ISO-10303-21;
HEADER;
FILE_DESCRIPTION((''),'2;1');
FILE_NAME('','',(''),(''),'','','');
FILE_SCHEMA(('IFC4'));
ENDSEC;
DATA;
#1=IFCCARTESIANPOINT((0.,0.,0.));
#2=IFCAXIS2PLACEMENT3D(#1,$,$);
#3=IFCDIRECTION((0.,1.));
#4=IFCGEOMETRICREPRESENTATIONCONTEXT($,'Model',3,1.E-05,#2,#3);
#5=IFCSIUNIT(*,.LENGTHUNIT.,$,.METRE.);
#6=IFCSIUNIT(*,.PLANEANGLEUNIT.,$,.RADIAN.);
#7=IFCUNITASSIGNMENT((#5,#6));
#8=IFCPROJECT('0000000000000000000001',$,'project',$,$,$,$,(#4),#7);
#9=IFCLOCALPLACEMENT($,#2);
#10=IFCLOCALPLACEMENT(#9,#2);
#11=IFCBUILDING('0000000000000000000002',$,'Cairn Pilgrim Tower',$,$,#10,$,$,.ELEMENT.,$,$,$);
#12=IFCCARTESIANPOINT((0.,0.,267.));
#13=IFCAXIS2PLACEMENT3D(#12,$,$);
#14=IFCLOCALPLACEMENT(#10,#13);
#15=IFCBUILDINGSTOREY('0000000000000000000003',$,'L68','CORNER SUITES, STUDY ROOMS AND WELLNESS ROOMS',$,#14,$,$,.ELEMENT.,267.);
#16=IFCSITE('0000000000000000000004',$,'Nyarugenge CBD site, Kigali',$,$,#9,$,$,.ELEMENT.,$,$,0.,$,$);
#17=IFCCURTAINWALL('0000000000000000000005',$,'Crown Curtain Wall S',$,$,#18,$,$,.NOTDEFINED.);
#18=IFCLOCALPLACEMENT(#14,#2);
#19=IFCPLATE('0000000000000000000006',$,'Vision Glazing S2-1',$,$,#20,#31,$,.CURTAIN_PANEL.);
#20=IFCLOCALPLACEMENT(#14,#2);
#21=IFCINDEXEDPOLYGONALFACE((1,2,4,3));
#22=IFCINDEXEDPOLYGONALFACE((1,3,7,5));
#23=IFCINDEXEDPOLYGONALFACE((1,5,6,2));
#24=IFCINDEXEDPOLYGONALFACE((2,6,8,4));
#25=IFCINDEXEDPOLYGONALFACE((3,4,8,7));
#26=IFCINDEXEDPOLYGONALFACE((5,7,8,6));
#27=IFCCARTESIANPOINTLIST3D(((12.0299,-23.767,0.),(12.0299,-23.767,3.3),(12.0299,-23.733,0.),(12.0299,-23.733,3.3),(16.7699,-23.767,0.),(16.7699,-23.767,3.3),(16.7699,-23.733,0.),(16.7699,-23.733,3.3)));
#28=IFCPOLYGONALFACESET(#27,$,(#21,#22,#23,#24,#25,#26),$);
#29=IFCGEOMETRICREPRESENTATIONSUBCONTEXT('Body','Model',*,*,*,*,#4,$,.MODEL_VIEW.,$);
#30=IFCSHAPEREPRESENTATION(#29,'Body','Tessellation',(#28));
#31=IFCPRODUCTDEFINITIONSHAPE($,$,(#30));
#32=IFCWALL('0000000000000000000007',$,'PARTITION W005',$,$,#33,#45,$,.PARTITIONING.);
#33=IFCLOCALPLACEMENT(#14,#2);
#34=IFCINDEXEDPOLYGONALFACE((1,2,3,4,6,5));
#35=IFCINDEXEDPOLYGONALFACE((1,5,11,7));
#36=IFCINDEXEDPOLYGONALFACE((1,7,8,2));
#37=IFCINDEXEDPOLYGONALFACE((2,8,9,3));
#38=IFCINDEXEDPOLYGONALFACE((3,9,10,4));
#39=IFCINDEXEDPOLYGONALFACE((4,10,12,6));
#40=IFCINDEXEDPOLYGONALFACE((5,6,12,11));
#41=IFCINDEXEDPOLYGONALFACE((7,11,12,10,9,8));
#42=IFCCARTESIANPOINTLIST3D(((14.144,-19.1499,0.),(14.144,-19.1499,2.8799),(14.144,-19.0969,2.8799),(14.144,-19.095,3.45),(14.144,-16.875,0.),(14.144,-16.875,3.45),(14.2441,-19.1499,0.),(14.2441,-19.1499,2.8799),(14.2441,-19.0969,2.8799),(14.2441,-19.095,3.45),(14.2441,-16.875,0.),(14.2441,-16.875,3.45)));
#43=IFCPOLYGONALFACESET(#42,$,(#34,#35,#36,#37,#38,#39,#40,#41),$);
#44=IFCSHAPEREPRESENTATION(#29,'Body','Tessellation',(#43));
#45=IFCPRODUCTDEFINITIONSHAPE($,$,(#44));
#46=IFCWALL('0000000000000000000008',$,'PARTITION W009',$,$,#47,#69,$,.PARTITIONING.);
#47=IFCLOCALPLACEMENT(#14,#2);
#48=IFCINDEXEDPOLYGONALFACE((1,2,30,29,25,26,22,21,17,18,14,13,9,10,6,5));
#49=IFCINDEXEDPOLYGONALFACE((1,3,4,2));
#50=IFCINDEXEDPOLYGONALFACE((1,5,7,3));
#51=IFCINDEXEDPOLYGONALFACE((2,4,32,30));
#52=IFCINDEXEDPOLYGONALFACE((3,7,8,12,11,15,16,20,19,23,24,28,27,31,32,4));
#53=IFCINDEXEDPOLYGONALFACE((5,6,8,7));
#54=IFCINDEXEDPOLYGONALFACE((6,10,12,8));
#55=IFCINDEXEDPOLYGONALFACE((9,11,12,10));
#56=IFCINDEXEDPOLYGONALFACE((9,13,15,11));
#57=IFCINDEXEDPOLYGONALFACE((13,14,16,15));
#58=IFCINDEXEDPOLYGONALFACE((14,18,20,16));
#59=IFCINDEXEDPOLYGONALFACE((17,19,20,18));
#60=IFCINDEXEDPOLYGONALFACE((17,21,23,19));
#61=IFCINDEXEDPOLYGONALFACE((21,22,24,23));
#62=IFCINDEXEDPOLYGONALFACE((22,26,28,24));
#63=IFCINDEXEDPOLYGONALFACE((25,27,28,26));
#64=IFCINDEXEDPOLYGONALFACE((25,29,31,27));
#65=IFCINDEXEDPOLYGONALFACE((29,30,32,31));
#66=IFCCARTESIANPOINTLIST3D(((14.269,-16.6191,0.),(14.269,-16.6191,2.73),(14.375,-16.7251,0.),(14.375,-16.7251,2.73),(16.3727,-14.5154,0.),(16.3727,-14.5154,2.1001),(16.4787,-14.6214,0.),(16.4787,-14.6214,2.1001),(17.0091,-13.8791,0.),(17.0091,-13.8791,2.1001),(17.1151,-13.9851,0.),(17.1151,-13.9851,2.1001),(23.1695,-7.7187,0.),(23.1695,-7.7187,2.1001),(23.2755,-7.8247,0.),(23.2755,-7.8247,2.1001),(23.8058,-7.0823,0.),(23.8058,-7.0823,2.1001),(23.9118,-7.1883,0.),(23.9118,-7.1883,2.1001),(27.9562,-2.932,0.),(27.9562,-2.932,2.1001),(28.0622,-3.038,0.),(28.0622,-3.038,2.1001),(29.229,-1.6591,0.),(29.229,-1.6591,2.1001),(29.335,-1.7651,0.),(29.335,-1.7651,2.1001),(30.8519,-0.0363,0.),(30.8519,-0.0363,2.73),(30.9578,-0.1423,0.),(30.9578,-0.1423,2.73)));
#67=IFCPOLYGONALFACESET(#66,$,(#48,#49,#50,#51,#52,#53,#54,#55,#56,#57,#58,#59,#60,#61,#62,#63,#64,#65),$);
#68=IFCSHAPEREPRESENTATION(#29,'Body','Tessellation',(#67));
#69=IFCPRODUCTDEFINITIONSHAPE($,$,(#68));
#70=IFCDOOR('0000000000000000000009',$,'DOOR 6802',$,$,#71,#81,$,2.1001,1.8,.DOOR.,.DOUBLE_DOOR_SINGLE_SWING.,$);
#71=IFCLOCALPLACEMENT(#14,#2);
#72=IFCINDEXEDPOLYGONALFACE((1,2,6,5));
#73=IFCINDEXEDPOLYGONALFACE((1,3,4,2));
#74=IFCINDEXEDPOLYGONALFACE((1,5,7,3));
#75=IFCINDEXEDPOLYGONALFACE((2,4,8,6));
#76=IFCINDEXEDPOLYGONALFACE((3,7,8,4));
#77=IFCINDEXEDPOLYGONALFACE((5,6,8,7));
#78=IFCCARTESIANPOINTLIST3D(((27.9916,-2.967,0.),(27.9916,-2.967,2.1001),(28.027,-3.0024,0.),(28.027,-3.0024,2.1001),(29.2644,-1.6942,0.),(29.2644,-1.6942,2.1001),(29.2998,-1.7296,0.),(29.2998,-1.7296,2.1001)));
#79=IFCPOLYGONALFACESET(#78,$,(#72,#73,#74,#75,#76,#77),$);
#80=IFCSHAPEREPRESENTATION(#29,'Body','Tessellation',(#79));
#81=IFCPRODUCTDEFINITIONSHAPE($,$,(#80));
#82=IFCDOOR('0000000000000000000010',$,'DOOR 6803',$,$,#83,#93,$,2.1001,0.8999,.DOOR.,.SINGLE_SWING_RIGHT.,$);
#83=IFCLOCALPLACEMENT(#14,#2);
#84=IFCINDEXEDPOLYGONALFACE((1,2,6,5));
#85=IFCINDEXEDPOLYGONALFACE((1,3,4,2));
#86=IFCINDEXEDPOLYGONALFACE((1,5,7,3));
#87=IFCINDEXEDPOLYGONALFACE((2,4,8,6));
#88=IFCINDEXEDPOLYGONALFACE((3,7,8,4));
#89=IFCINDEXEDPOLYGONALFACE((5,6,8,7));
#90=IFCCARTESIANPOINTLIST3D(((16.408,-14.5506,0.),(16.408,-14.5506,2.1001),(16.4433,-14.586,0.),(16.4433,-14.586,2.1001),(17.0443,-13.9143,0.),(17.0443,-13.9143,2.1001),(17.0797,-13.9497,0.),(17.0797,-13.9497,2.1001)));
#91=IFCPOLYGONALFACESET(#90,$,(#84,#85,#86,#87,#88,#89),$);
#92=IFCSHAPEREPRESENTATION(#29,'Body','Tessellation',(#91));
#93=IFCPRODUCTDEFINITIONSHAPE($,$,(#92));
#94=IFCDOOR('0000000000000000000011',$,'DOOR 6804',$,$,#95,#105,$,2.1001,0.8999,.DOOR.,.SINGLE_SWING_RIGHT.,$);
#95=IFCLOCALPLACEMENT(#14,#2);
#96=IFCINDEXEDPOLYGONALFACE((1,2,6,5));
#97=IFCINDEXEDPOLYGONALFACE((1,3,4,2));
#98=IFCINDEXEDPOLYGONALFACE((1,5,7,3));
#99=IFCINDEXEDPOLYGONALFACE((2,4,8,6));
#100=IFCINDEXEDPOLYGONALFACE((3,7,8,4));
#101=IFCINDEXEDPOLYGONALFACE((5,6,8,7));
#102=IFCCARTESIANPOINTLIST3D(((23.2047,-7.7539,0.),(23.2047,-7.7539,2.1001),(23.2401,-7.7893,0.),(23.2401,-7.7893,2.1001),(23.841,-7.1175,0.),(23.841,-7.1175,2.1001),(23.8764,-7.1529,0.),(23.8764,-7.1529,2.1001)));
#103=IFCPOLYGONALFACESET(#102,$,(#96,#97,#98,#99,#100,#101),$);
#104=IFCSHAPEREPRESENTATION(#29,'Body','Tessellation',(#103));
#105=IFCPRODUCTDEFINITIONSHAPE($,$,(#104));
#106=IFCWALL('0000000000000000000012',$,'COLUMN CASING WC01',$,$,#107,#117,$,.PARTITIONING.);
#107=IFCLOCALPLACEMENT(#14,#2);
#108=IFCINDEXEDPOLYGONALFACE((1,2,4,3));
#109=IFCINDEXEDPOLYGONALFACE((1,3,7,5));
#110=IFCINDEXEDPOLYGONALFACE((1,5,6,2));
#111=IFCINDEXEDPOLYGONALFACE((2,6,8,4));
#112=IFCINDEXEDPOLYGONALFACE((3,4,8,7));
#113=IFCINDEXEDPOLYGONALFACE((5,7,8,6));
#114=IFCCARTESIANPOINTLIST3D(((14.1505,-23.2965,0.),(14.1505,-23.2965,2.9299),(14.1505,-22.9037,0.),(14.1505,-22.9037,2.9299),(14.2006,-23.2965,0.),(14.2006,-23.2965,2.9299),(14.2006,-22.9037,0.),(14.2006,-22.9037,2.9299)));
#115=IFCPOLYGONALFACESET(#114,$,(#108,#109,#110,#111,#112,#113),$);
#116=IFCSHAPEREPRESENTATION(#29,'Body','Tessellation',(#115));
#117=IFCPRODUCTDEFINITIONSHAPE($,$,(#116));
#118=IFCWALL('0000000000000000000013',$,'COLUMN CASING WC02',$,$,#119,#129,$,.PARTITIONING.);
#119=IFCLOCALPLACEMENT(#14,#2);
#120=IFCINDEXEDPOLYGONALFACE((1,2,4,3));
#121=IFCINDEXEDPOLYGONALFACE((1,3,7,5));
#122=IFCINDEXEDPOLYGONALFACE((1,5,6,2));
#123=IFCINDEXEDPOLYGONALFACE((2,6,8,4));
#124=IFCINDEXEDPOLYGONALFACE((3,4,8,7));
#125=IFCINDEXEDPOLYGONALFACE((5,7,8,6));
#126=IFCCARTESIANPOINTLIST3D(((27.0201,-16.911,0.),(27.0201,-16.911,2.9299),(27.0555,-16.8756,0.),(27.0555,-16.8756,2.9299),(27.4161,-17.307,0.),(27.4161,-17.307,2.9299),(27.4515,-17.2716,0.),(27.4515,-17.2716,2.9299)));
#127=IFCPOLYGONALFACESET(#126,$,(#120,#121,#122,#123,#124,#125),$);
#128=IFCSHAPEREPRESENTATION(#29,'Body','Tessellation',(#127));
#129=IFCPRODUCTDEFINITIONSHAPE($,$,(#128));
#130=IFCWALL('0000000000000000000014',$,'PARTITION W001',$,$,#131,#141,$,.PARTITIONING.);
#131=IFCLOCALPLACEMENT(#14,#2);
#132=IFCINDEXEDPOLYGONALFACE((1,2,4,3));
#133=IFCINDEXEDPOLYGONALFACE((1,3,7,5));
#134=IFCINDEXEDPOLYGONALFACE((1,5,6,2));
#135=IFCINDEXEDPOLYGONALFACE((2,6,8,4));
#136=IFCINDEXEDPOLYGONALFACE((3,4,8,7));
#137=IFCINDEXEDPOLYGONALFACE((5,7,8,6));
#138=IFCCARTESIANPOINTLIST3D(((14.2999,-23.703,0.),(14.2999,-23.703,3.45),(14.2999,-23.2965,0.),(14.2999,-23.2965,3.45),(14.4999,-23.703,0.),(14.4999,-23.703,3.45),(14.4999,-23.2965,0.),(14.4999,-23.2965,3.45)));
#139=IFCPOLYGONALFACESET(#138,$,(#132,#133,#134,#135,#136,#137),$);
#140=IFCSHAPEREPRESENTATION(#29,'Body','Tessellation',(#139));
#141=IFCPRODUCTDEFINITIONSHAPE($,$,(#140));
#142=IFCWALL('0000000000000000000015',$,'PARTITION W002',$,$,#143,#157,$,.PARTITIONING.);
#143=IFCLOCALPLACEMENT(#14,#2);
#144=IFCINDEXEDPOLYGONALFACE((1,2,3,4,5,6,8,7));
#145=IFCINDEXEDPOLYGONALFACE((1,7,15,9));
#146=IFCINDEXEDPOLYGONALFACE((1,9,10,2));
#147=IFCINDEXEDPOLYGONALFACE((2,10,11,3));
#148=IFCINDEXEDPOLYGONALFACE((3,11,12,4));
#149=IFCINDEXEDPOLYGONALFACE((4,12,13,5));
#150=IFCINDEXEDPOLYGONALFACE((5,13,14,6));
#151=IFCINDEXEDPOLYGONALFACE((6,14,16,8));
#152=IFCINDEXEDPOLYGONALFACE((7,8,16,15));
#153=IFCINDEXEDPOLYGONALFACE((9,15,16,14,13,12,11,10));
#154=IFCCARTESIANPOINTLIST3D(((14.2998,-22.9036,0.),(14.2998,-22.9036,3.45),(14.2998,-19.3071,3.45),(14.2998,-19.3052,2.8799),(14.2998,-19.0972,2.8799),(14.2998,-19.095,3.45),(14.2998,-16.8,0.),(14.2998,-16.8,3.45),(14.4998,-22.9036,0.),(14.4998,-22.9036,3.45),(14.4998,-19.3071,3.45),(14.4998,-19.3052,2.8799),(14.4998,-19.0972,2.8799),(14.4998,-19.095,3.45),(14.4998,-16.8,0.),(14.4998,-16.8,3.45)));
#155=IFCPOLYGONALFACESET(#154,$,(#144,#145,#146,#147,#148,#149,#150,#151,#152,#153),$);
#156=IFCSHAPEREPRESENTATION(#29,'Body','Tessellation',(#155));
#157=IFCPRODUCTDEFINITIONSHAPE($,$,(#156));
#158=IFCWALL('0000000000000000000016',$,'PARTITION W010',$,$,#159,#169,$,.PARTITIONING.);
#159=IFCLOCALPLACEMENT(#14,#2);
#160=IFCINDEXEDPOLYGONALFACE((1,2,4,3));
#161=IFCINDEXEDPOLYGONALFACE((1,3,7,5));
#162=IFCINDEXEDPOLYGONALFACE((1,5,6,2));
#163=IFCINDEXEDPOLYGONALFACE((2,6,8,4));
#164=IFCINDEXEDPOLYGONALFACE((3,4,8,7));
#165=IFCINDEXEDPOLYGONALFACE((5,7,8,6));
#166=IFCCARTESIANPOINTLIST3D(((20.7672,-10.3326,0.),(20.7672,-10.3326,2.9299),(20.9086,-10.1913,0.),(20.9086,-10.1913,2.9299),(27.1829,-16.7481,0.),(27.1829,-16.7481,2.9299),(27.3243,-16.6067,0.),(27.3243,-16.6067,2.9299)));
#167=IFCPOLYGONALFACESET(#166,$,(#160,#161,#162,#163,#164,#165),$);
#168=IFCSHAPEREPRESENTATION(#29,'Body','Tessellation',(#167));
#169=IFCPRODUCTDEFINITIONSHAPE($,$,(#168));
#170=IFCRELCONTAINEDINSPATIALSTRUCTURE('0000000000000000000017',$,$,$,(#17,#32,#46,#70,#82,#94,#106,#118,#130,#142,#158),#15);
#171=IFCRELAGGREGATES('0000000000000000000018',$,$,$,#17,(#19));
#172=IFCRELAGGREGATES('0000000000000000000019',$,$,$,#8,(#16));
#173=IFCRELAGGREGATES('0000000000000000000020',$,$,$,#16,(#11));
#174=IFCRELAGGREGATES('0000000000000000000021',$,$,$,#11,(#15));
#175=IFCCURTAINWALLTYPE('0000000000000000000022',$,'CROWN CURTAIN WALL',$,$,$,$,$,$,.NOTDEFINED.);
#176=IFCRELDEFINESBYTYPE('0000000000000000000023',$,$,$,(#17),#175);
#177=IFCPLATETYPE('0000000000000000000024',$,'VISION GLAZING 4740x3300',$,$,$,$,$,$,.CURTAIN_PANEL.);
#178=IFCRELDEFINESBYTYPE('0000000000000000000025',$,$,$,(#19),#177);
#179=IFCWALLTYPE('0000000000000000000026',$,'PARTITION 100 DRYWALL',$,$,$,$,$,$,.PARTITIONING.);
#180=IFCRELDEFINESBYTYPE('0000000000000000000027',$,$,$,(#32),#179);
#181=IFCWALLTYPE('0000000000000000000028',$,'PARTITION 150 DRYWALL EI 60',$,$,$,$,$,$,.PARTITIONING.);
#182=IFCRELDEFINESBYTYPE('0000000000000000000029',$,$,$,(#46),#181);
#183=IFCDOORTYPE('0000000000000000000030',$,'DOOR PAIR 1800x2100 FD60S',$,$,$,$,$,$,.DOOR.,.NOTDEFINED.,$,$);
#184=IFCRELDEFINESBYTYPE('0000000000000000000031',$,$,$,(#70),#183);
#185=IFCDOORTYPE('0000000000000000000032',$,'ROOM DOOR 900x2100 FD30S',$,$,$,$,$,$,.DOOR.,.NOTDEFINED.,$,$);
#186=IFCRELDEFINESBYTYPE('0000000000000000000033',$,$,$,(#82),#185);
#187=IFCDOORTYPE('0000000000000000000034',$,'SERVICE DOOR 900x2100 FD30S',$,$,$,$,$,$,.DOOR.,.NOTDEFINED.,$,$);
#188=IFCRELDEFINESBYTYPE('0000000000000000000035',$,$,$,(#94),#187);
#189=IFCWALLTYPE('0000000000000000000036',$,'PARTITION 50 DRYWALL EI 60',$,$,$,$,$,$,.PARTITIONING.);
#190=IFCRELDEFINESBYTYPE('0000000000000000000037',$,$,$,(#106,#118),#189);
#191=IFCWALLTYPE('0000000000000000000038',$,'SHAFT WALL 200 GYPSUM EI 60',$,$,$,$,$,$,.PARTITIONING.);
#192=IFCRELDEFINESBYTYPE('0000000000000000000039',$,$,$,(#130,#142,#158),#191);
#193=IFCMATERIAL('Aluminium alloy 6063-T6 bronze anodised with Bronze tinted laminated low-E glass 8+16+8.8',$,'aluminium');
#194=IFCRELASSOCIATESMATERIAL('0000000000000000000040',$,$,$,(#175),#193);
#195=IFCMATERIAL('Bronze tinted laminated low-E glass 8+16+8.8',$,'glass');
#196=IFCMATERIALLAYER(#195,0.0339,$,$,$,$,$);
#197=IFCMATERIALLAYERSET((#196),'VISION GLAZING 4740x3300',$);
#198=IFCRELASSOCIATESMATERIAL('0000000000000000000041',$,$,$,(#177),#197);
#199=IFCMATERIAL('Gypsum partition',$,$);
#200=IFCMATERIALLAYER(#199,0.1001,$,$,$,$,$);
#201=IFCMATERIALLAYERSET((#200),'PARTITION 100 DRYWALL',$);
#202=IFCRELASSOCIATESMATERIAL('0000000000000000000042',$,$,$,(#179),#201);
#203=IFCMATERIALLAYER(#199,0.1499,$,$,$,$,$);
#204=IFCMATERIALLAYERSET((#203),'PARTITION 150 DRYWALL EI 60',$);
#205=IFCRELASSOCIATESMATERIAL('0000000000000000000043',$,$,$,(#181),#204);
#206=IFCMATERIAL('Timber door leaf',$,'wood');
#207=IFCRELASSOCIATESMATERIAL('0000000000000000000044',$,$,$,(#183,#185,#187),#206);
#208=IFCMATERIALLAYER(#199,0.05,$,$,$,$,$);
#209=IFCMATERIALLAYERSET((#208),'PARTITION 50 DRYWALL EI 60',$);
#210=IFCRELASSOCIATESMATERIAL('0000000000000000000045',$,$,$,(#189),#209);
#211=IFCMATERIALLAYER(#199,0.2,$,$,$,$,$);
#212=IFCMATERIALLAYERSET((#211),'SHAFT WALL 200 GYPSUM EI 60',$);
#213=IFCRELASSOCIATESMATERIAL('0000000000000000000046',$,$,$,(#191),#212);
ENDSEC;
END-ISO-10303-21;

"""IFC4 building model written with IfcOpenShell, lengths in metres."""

from ifc_helpers import new_model, si_unit, direction, frame, frame_2d, origin, origin_2d, place, context, subcontext, project, spatial, polyline, rectangle, outline, extrude, material, layer, layer_set, type_object, element, fill, aggregate, save


model = new_model("IFC4")

# Units and contexts
model_context = context("Model", 3, precision=1e-05, world=origin(), true_north=direction((0.0, 1.0)))
body_context = subcontext(model_context, "Body", "Model", "MODEL_VIEW")
ifc_project = project(units=[si_unit("LENGTHUNIT", "METRE"), si_unit("PLANEANGLEUNIT", "RADIAN")], contexts=[model_context])

# Site, building, storey
site_placement = place(None, origin())
site = spatial("IfcSite", under=ifc_project, at=site_placement, Name="Nyarugenge CBD site, Kigali", CompositionType="ELEMENT", RefElevation=0.0)
building_placement = place(site_placement, origin())
building = spatial("IfcBuilding", under=site, at=building_placement, Name="Cairn Pilgrim Tower", CompositionType="ELEMENT")
storey_placement = place(building_placement, frame((0.0, 0.0, 267.0)))
storey = spatial("IfcBuildingStorey", under=building, at=storey_placement, Name="L68", Description="CORNER SUITES, STUDY ROOMS AND WELLNESS ROOMS", CompositionType="ELEMENT", Elevation=267.0)

# Curtain wall
ifc_material_1 = material(Name="Aluminium alloy 6063-T6 bronze anodised with Bronze tinted laminated low-E glass 8+16+8.8", Category="aluminium")
curtain_wall_type = type_object("IfcCurtainWallType", Name="CROWN CURTAIN WALL", PredefinedType="NOTDEFINED", material=ifc_material_1)
curtain_wall_1_placement = place(storey_placement, origin())
curtain_wall_1 = element("IfcCurtainWall", 1, at=curtain_wall_1_placement, inside=storey, type_object=curtain_wall_type, Name="Crown Curtain Wall S", PredefinedType="NOTDEFINED")

# Plate
ifc_material_2 = material(Name="Bronze tinted laminated low-E glass 8+16+8.8", Category="glass")
ifc_layer_1 = layer(ifc_material_2, 0.0339)
ifc_layer_set_1 = layer_set([ifc_layer_1], Name="VISION GLAZING 4740x3300")
plate_type_1 = type_object("IfcPlateType", Name="VISION GLAZING 4740x3300", PredefinedType="CURTAIN_PANEL", material=ifc_layer_set_1)
plate_1_placement = place(storey_placement, frame((14.3999, -23.75, 0.0), z_axis=(0.0, 0.0, 1.0), x_axis=(1.0, 0.0, 0.0)))
plate_1 = element("IfcPlate", 2, at=plate_1_placement, type_object=plate_type_1, Name="Vision Glazing S2-1", PredefinedType="CURTAIN_PANEL", context=body_context, shape_type="SweptSolid", body=[
    extrude(rectangle(XDim=4.74, YDim=0.0339, at=origin_2d()), origin(), (0.0, 0.0, 1.0), 3.3),
])
aggregate(curtain_wall_1, [plate_1])

# Wall
ifc_material_3 = material(Name="Gypsum partition")
ifc_layer_2 = layer(ifc_material_3, 0.1001)
ifc_layer_set_2 = layer_set([ifc_layer_2], Name="PARTITION 100 DRYWALL")
wall_type_1 = type_object("IfcWallType", Name="PARTITION 100 DRYWALL", PredefinedType="PARTITIONING", material=ifc_layer_set_2)
wall_1_placement = place(storey_placement, frame((14.1941, -19.1499, 0.0), z_axis=(0.0, 0.0, 1.0), x_axis=(0.0, 1.0, 0.0)))
element("IfcWall", 3, at=wall_1_placement, inside=storey, type_object=wall_type_1, Name="PARTITION W005", PredefinedType="PARTITIONING", context=body_context, shape_type="SweptSolid", body=[
    extrude(outline(polyline([(0.0, 0.0), (2.2749, 0.0), (2.2749, 3.45), (0.0549, 3.45), (0.053, 2.8799), (0.0, 2.8799), (0.0, 0.0)])), frame((0.0, 0.05, 0.0), z_axis=(0.0, -1.0, 0.0), x_axis=(1.0, 0.0, 0.0)), (0.0, 0.0, 1.0), 0.1001),
])

# Wall, openings, doors
ifc_layer_3 = layer(ifc_material_3, 0.1499)
ifc_layer_set_3 = layer_set([ifc_layer_3], Name="PARTITION 150 DRYWALL EI 60")
wall_type_2 = type_object("IfcWallType", Name="PARTITION 150 DRYWALL EI 60", PredefinedType="PARTITIONING", material=ifc_layer_set_3)
wall_2_placement = place(storey_placement, frame((14.322, -16.6721, 0.0), z_axis=(0.0, 0.0, 1.0), x_axis=(0.707107, 0.707107, 0.0)))
wall_2 = element("IfcWall", 4, at=wall_2_placement, inside=storey, type_object=wall_type_2, Name="PARTITION W009", PredefinedType="PARTITIONING", context=body_context, shape_type="SweptSolid", body=[
    extrude(rectangle(XDim=23.4517, YDim=0.1499, at=frame_2d((11.7258, 0.0))), origin(), (0.0, 0.0, 1.0), 2.73),
])
opening_1_placement = place(wall_2_placement, frame((19.3567, 0.0, 0.0)))
opening_1 = element("IfcOpeningElement", 5, at=opening_1_placement, cuts=wall_2, PredefinedType="OPENING", context=body_context, shape_type="SweptSolid", body=[
    extrude(rectangle(XDim=1.8, YDim=2.1001, at=frame_2d((0.8999, 1.05))), frame((0.0, 0.085, 0.0), z_axis=(0.0, -1.0, 0.0), x_axis=(1.0, 0.0, 0.0)), (0.0, 0.0, 1.0), 0.1699),
])
opening_2_placement = place(wall_2_placement, frame((2.9751, 0.0, 0.0)))
opening_2 = element("IfcOpeningElement", 6, at=opening_2_placement, cuts=wall_2, PredefinedType="OPENING", context=body_context, shape_type="SweptSolid", body=[
    extrude(rectangle(XDim=0.8999, YDim=2.1001, at=frame_2d((0.45, 1.05))), frame((0.0, 0.085, 0.0), z_axis=(0.0, -1.0, 0.0), x_axis=(1.0, 0.0, 0.0)), (0.0, 0.0, 1.0), 0.1699),
])
opening_3_placement = place(wall_2_placement, frame((12.5872, 0.0, 0.0)))
opening_3 = element("IfcOpeningElement", 7, at=opening_3_placement, cuts=wall_2, PredefinedType="OPENING", context=body_context, shape_type="SweptSolid", body=[
    extrude(rectangle(XDim=0.8999, YDim=2.1001, at=frame_2d((0.45, 1.05))), frame((0.0, 0.085, 0.0), z_axis=(0.0, -1.0, 0.0), x_axis=(1.0, 0.0, 0.0)), (0.0, 0.0, 1.0), 0.1699),
])
ifc_material_4 = material(Name="Timber door leaf", Category="wood")
door_type_1 = type_object("IfcDoorType", Name="DOOR PAIR 1800x2100 FD60S", OperationType="NOTDEFINED", PredefinedType="DOOR", material=ifc_material_4)
door_1_placement = place(opening_1_placement, frame((1.8, 0.0, 0.0), z_axis=(0.0, 0.0, 1.0), x_axis=(-1.0, 0.0, 0.0)))
door_1 = element("IfcDoor", 8, at=door_1_placement, inside=storey, type_object=door_type_1, Name="DOOR 6802", OperationType="DOUBLE_DOOR_SINGLE_SWING", OverallHeight=2.1001, OverallWidth=1.8, PredefinedType="DOOR", context=body_context, shape_type="SweptSolid", body=[
    extrude(rectangle(XDim=1.8, YDim=2.1001, at=frame_2d((0.8999, 1.05))), frame((0.0, 0.0249, 0.0), z_axis=(0.0, -1.0, 0.0), x_axis=(1.0, 0.0, 0.0)), (0.0, 0.0, 1.0), 0.05),
])
fill(opening_1, door_1)
door_type_2 = type_object("IfcDoorType", Name="ROOM DOOR 900x2100 FD30S", OperationType="NOTDEFINED", PredefinedType="DOOR", material=ifc_material_4)
door_2_placement = place(opening_2_placement, frame((0.8999, 0.0, 0.0), z_axis=(0.0, 0.0, 1.0), x_axis=(-1.0, 0.0, 0.0)))
door_2 = element("IfcDoor", 9, at=door_2_placement, inside=storey, type_object=door_type_2, Name="DOOR 6803", OperationType="SINGLE_SWING_RIGHT", OverallHeight=2.1001, OverallWidth=0.8999, PredefinedType="DOOR", context=body_context, shape_type="SweptSolid", body=[
    extrude(rectangle(XDim=0.8999, YDim=2.1001, at=frame_2d((0.45, 1.05))), frame((0.0, 0.0249, 0.0), z_axis=(0.0, -1.0, 0.0), x_axis=(1.0, 0.0, 0.0)), (0.0, 0.0, 1.0), 0.05),
])
fill(opening_2, door_2)
door_type_3 = type_object("IfcDoorType", Name="SERVICE DOOR 900x2100 FD30S", OperationType="NOTDEFINED", PredefinedType="DOOR", material=ifc_material_4)
door_3_placement = place(opening_3_placement, frame((0.8999, 0.0, 0.0), z_axis=(0.0, 0.0, 1.0), x_axis=(-1.0, 0.0, 0.0)))
door_3 = element("IfcDoor", 10, at=door_3_placement, inside=storey, type_object=door_type_3, Name="DOOR 6804", OperationType="SINGLE_SWING_RIGHT", OverallHeight=2.1001, OverallWidth=0.8999, PredefinedType="DOOR", context=body_context, shape_type="SweptSolid", body=[
    extrude(rectangle(XDim=0.8999, YDim=2.1001, at=frame_2d((0.45, 1.05))), frame((0.0, 0.0249, 0.0), z_axis=(0.0, -1.0, 0.0), x_axis=(1.0, 0.0, 0.0)), (0.0, 0.0, 1.0), 0.05),
])
fill(opening_3, door_3)

# Walls
ifc_layer_4 = layer(ifc_material_3, 0.05)
ifc_layer_set_4 = layer_set([ifc_layer_4], Name="PARTITION 50 DRYWALL EI 60")
wall_type_3 = type_object("IfcWallType", Name="PARTITION 50 DRYWALL EI 60", PredefinedType="PARTITIONING", material=ifc_layer_set_4)
wall_3_placement = place(storey_placement, frame((14.1755, -23.2964, 0.0), z_axis=(0.0, 0.0, 1.0), x_axis=(0.0, 1.0, 0.0)))
element("IfcWall", 11, at=wall_3_placement, inside=storey, type_object=wall_type_3, Name="COLUMN CASING WC01", PredefinedType="PARTITIONING", context=body_context, shape_type="SweptSolid", body=[
    extrude(rectangle(XDim=0.3928, YDim=0.05, at=frame_2d((0.1963, 0.0))), origin(), (0.0, 0.0, 1.0), 2.9299),
])
wall_4_placement = place(storey_placement, frame((27.4338, -17.2893, 0.0), z_axis=(0.0, 0.0, 1.0), x_axis=(-0.707107, 0.707107, 0.0)))
element("IfcWall", 12, at=wall_4_placement, inside=storey, type_object=wall_type_3, Name="COLUMN CASING WC02", PredefinedType="PARTITIONING", context=body_context, shape_type="SweptSolid", body=[
    extrude(rectangle(XDim=0.5601, YDim=0.05, at=frame_2d((0.28, 0.0))), origin(), (0.0, 0.0, 1.0), 2.9299),
])
ifc_layer_5 = layer(ifc_material_3, 0.2)
ifc_layer_set_5 = layer_set([ifc_layer_5], Name="SHAFT WALL 200 GYPSUM EI 60")
wall_type_4 = type_object("IfcWallType", Name="SHAFT WALL 200 GYPSUM EI 60", PredefinedType="PARTITIONING", material=ifc_layer_set_5)
wall_5_placement = place(storey_placement, frame((14.3999, -23.7029, 0.0), z_axis=(0.0, 0.0, 1.0), x_axis=(0.0, 1.0, 0.0)))
element("IfcWall", 13, at=wall_5_placement, inside=storey, type_object=wall_type_4, Name="PARTITION W001", PredefinedType="PARTITIONING", context=body_context, shape_type="SweptSolid", body=[
    extrude(rectangle(XDim=0.4065, YDim=0.2, at=frame_2d((0.2031, 0.0))), origin(), (0.0, 0.0, 1.0), 3.45),
])
wall_6_placement = place(storey_placement, frame((14.3999, -22.9036, 0.0), z_axis=(0.0, 0.0, 1.0), x_axis=(0.0, 1.0, 0.0)))
element("IfcWall", 14, at=wall_6_placement, inside=storey, type_object=wall_type_4, Name="PARTITION W002", PredefinedType="PARTITIONING", context=body_context, shape_type="SweptSolid", body=[
    extrude(outline(polyline([(0.0, 0.0), (6.1035, 0.0), (6.1035, 3.45), (3.8086, 3.45), (3.8064, 2.8799), (3.5984, 2.8799), (3.5964, 3.45), (0.0, 3.45), (0.0, 0.0)])), frame((0.0, 0.1001, 0.0), z_axis=(0.0, -1.0, 0.0), x_axis=(1.0, 0.0, 0.0)), (0.0, 0.0, 1.0), 0.2),
])
wall_7_placement = place(storey_placement, frame((27.2537, -16.6775, 0.0), z_axis=(0.0, 0.0, 1.0), x_axis=(-0.70712, 0.707093, 0.0)))
element("IfcWall", 15, at=wall_7_placement, inside=storey, type_object=wall_type_4, Name="PARTITION W010", PredefinedType="PARTITIONING", context=body_context, shape_type="SweptSolid", body=[
    extrude(rectangle(XDim=9.073, YDim=0.2, at=frame_2d((4.5366, 0.0))), origin(), (0.0, 0.0, 1.0), 2.9299),
])

save(model, "model.ifc")
